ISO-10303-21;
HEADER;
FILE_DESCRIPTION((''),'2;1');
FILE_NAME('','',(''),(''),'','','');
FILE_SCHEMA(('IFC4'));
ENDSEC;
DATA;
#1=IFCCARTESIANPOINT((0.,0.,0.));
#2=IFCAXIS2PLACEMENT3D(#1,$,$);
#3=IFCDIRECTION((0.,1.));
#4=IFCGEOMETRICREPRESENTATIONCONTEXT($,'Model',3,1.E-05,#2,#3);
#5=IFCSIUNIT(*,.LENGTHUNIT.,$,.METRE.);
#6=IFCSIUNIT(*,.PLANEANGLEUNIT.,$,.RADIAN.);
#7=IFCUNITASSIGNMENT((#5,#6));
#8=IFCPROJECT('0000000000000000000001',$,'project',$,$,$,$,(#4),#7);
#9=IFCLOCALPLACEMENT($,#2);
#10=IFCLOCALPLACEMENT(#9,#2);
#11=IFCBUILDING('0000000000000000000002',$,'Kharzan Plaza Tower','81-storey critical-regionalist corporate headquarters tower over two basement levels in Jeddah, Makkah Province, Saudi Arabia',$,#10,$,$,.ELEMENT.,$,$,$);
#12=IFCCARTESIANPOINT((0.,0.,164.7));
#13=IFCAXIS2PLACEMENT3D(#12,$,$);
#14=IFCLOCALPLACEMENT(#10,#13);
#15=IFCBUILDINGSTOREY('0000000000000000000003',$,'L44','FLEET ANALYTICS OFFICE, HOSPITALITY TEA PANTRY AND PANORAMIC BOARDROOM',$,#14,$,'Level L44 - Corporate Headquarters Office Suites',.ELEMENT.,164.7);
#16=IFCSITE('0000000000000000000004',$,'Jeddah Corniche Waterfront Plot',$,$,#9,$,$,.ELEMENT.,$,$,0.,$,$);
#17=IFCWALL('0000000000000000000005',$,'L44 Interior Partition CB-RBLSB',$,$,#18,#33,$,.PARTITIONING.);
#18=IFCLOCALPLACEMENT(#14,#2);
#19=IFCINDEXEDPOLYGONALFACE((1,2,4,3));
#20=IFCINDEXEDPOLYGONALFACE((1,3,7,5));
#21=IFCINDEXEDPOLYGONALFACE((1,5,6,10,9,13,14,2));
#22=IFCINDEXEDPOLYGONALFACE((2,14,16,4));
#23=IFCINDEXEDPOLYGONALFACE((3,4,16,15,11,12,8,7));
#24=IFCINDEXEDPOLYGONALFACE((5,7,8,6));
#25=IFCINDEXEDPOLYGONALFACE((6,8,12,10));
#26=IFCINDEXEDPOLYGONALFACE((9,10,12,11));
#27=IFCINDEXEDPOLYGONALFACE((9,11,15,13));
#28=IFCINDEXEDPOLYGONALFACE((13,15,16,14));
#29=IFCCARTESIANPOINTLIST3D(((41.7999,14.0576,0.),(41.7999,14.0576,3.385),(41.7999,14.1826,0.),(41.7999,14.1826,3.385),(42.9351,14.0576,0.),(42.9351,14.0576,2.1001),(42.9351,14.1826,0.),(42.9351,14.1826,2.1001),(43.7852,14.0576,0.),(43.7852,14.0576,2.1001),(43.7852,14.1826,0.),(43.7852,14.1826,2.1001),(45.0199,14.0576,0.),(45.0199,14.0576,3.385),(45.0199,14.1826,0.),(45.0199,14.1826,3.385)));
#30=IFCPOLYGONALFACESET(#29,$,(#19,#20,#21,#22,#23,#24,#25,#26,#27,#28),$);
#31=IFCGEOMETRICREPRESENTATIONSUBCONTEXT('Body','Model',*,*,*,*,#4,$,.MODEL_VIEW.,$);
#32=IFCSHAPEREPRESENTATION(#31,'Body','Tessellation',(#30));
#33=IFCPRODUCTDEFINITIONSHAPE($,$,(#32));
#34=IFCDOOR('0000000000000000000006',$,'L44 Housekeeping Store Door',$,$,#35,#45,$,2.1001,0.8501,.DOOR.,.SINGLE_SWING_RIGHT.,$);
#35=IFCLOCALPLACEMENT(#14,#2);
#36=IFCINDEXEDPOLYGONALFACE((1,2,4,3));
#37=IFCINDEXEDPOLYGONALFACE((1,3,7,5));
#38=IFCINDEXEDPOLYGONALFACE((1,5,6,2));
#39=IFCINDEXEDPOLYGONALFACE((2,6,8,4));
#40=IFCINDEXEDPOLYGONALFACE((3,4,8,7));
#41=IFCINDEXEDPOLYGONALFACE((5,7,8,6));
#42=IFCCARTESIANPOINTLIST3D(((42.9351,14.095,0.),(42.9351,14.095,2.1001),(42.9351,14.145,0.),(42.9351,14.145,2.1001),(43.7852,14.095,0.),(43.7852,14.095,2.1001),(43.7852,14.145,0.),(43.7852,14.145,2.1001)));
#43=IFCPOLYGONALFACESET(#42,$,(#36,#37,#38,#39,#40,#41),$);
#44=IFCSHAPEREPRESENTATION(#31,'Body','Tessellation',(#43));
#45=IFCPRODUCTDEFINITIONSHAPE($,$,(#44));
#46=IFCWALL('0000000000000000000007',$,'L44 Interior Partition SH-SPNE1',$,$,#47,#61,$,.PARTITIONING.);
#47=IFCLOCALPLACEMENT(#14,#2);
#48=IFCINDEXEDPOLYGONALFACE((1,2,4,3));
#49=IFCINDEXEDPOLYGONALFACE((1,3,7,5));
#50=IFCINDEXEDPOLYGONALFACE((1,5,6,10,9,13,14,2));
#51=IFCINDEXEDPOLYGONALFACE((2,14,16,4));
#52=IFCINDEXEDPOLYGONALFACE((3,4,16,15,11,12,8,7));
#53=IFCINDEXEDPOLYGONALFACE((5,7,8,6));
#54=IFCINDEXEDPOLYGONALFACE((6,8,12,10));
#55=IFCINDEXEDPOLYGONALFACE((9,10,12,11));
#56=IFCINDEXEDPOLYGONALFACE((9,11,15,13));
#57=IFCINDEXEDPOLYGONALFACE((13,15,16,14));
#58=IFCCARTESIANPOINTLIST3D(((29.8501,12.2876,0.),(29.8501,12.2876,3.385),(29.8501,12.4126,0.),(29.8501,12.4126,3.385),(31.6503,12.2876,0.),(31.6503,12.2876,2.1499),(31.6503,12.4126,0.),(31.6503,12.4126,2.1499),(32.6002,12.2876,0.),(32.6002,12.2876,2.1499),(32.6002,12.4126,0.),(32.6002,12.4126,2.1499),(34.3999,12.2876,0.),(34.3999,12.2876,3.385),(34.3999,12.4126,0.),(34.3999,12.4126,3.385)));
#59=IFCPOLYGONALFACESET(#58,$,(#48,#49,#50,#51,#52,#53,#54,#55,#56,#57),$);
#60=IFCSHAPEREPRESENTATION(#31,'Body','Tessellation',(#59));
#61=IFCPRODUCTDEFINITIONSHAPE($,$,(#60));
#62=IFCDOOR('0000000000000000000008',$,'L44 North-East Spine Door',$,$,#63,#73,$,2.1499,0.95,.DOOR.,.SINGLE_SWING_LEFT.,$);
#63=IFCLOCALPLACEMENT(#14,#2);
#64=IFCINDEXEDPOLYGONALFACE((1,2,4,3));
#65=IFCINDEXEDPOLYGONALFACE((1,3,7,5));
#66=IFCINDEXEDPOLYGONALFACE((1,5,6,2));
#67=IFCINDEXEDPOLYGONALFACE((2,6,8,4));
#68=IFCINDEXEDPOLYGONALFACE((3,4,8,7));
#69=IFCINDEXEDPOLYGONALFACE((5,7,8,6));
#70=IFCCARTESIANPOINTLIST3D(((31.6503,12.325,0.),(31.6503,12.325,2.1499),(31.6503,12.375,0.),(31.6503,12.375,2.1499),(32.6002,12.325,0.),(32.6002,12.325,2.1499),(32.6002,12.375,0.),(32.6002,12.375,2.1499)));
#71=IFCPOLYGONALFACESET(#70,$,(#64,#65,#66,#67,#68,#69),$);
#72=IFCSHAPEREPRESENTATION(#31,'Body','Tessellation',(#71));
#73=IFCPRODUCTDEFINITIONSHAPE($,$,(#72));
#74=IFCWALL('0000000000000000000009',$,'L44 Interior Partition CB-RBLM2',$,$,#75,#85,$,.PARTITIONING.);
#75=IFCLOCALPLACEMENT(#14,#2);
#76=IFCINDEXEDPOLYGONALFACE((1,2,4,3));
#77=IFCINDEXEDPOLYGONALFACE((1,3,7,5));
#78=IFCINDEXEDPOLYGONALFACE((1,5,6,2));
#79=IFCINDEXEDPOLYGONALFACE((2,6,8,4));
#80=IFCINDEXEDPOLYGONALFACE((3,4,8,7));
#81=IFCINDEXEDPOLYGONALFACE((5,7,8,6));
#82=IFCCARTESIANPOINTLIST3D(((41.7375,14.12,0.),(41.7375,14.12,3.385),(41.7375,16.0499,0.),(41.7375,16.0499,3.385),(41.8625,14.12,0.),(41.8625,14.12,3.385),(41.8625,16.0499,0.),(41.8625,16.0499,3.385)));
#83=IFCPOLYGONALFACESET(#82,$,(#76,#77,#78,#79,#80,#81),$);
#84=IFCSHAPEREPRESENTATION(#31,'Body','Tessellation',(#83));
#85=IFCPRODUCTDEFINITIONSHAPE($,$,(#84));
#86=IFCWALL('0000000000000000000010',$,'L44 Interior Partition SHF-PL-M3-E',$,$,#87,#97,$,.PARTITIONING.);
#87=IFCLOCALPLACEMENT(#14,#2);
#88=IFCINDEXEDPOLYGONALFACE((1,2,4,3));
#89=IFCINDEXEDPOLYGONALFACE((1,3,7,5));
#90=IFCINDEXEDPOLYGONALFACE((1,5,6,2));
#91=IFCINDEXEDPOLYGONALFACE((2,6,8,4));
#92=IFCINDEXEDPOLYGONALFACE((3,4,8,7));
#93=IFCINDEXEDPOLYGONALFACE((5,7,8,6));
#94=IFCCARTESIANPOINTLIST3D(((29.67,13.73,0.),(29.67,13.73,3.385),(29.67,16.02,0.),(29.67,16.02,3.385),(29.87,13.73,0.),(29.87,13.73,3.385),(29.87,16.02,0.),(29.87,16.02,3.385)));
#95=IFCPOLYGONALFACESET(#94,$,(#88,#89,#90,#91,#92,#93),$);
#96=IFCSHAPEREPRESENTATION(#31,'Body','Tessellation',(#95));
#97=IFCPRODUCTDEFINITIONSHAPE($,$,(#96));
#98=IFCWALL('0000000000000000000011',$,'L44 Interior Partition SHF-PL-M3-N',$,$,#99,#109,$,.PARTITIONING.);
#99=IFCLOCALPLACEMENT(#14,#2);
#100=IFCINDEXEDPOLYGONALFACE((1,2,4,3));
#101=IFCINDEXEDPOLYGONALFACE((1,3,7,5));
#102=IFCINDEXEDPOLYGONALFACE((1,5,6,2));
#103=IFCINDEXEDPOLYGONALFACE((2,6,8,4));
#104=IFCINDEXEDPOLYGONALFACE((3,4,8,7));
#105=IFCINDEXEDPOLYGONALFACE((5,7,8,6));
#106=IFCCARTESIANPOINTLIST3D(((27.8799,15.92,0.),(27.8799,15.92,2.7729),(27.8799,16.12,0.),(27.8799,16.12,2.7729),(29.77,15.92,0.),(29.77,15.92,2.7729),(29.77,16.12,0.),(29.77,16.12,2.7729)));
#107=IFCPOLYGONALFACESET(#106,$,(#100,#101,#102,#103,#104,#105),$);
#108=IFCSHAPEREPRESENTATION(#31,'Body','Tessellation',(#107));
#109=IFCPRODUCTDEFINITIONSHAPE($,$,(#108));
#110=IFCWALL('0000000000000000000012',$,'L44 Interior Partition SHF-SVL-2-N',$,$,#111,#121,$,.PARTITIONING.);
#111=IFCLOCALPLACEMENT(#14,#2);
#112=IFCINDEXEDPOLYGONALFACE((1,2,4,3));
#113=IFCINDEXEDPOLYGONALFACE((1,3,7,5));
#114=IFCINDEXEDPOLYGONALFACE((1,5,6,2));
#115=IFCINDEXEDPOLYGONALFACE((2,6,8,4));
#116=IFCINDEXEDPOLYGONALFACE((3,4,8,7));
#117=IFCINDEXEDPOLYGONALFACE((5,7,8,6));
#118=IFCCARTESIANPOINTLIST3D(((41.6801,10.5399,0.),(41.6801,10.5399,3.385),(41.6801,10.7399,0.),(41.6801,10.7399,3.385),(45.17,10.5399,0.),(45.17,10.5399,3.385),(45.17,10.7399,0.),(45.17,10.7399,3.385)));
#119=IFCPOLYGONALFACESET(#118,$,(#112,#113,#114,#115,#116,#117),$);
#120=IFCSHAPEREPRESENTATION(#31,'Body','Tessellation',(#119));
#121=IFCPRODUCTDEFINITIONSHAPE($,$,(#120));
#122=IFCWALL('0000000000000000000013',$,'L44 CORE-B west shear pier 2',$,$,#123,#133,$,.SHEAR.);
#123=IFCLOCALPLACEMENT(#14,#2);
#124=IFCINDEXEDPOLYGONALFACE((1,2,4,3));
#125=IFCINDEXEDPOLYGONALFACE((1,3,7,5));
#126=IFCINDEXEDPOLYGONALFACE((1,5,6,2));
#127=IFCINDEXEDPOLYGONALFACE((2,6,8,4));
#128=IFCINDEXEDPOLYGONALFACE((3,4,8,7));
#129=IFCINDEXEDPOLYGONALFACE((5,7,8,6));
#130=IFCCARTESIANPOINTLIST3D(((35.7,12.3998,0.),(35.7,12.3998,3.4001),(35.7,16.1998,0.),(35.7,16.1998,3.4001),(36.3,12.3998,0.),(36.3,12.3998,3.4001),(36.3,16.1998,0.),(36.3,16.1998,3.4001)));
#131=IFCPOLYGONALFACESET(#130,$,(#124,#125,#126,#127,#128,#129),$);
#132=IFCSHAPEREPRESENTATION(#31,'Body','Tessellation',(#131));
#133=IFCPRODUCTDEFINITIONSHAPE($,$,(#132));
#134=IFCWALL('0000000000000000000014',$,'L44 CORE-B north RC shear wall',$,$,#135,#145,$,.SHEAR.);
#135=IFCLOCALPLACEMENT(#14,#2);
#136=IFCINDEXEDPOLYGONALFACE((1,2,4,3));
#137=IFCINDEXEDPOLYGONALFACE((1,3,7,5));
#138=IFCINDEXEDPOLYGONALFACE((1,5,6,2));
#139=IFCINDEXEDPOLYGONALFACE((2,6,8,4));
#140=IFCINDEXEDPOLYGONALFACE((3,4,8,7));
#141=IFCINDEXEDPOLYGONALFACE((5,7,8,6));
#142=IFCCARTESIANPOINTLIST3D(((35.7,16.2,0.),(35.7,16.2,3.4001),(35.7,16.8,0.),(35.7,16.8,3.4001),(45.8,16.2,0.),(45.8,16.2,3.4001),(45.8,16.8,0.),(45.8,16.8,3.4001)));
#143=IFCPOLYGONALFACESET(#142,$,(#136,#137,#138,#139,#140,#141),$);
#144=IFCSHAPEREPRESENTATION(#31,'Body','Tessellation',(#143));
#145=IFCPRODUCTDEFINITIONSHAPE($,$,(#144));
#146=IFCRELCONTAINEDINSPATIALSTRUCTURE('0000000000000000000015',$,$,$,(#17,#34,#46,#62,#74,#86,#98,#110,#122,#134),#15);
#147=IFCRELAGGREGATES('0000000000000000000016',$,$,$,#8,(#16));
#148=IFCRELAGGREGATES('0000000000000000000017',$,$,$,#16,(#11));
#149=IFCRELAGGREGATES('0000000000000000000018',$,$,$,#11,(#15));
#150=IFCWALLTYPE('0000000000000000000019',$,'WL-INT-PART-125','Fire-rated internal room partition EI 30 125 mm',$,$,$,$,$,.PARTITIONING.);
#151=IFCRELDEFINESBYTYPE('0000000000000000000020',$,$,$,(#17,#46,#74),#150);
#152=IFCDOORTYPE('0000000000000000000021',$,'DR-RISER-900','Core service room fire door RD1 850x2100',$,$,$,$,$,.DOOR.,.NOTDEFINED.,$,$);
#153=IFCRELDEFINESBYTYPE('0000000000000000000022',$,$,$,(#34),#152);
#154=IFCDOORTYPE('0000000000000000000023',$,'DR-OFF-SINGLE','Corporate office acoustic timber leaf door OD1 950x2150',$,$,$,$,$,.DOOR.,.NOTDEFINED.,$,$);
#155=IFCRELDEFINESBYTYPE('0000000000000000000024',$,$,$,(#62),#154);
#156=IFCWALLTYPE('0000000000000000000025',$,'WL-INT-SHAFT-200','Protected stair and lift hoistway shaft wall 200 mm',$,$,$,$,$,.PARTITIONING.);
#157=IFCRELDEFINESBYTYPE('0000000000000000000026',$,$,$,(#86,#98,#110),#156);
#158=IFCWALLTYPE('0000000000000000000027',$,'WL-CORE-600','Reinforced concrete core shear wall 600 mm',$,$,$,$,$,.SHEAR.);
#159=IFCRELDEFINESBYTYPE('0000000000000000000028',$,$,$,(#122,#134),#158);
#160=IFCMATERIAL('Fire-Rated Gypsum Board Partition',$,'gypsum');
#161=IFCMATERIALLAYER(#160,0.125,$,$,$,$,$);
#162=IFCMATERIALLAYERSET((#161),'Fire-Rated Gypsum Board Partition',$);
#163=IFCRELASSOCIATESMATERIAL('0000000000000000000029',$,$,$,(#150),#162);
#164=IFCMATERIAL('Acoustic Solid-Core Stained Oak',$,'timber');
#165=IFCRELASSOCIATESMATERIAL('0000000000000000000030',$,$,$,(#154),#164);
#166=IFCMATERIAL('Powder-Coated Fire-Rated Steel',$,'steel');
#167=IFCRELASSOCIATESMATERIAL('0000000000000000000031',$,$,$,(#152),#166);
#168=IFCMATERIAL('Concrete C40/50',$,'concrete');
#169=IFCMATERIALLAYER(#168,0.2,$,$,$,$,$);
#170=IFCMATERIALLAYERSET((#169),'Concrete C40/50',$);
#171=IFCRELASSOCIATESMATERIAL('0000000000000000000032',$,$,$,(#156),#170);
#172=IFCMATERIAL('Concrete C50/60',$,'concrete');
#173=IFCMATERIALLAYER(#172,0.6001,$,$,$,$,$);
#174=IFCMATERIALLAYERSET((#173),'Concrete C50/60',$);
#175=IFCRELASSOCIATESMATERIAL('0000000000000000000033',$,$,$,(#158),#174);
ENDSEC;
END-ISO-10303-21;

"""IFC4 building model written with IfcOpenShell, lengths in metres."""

from ifc_helpers import new_model, si_unit, direction, frame, frame_2d, origin, place, context, subcontext, project, spatial, rectangle, extrude, source, transform, mapped, material, layer, layer_set, type_object, element, fill, save


model = new_model("IFC4")

# Units and contexts
model_context = context("Model", 3, precision=1e-05, world=origin(), true_north=direction((0.0, 1.0)))
body_context = subcontext(model_context, "Body", "Model", "MODEL_VIEW")
ifc_project = project(units=[si_unit("LENGTHUNIT", "METRE"), si_unit("PLANEANGLEUNIT", "RADIAN")], contexts=[model_context])

# Site, building, storey
site_placement = place(None, origin())
site = spatial("IfcSite", under=ifc_project, at=site_placement, Name="Jeddah Corniche Waterfront Plot", CompositionType="ELEMENT", RefElevation=0.0)
building_placement = place(site_placement, origin())
building = spatial("IfcBuilding", under=site, at=building_placement, Name="Kharzan Plaza Tower", Description="81-storey critical-regionalist corporate headquarters tower over two basement levels in Jeddah, Makkah Province, Saudi Arabia", CompositionType="ELEMENT")
storey_placement = place(building_placement, frame((0.0, 0.0, 164.7)))
storey = spatial("IfcBuildingStorey", under=building, at=storey_placement, Name="L44", Description="FLEET ANALYTICS OFFICE, HOSPITALITY TEA PANTRY AND PANORAMIC BOARDROOM", LongName="Level L44 - Corporate Headquarters Office Suites", CompositionType="ELEMENT", Elevation=164.7)

# Shared definitions
ifc_material_1 = material(Name="Concrete C50/60", Category="concrete")

# Shared definitions
ifc_material_2 = material(Name="Concrete C40/50", Category="concrete")

# Walls, openings, doors
ifc_material_3 = material(Name="Fire-Rated Gypsum Board Partition", Category="gypsum")
ifc_layer_1 = layer(ifc_material_3, 0.125)
ifc_layer_set_1 = layer_set([ifc_layer_1], Name="Fire-Rated Gypsum Board Partition")
wall_type_1 = type_object("IfcWallType", Name="WL-INT-PART-125", Description="Fire-rated internal room partition EI 30 125 mm", PredefinedType="PARTITIONING", material=ifc_layer_set_1)
ifc_material_4 = material(Name="Acoustic Solid-Core Stained Oak", Category="timber")
door_type_1 = type_object("IfcDoorType", Name="DR-OFF-SINGLE", Description="Corporate office acoustic timber leaf door OD1 950x2150", OperationType="NOTDEFINED", PredefinedType="DOOR", material=ifc_material_4)
shared_shape_1 = source(origin(), body_context, "Body", "SweptSolid", [
    extrude(rectangle(XDim=0.95, YDim=2.1499, at=frame_2d((0.4751, 1.075))), frame((0.0, 0.0249, 0.0), z_axis=(0.0, -1.0, 0.0), x_axis=(1.0, 0.0, 0.0)), (0.0, 0.0, 1.0), 0.05),
])
wall_1_placement = place(storey_placement, frame((41.8, 14.1201, 0.0), z_axis=(0.0, 0.0, 1.0), x_axis=(1.0, 0.0, 0.0)))
wall_1 = element("IfcWall", 1, at=wall_1_placement, inside=storey, type_object=wall_type_1, Name="L44 Interior Partition CB-RBLSB", PredefinedType="PARTITIONING", context=body_context, shape_type="SweptSolid", body=[
    extrude(rectangle(XDim=3.22, YDim=0.125, at=frame_2d((1.6099, 0.0))), origin(), (0.0, 0.0, 1.0), 3.385),
])
opening_1_placement = place(wall_1_placement, frame((1.135, 0.0, 0.0)))
opening_1 = element("IfcOpeningElement", 2, at=opening_1_placement, cuts=wall_1, PredefinedType="OPENING", context=body_context, shape_type="SweptSolid", body=[
    extrude(rectangle(XDim=0.8501, YDim=2.1001, at=frame_2d((0.425, 1.05))), frame((0.0, 0.0725, 0.0), z_axis=(0.0, -1.0, 0.0), x_axis=(1.0, 0.0, 0.0)), (0.0, 0.0, 1.0), 0.145),
])
ifc_material_5 = material(Name="Powder-Coated Fire-Rated Steel", Category="steel")
door_type_2 = type_object("IfcDoorType", Name="DR-RISER-900", Description="Core service room fire door RD1 850x2100", OperationType="NOTDEFINED", PredefinedType="DOOR", material=ifc_material_5)
shared_shape_2 = source(origin(), body_context, "Body", "SweptSolid", [
    extrude(rectangle(XDim=0.8501, YDim=2.1001, at=frame_2d((0.425, 1.05))), frame((0.0, 0.0249, 0.0), z_axis=(0.0, -1.0, 0.0), x_axis=(1.0, 0.0, 0.0)), (0.0, 0.0, 1.0), 0.05),
])
door_1_placement = place(opening_1_placement, origin())
door_1 = element("IfcDoor", 3, at=door_1_placement, inside=storey, type_object=door_type_2, Name="L44 Housekeeping Store Door", OperationType="SINGLE_SWING_RIGHT", OverallHeight=2.1001, OverallWidth=0.8501, PredefinedType="DOOR", context=body_context, shape_type="MappedRepresentation", body=[
    mapped(shared_shape_2, transform((0.0, 0.0, 0.0), x_axis=(1.0, 0.0, 0.0), y_axis=(0.0, 1.0, 0.0), z_axis=(0.0, 0.0, 1.0))),
])
fill(opening_1, door_1)
wall_2_placement = place(storey_placement, frame((29.8501, 12.3501, 0.0), z_axis=(0.0, 0.0, 1.0), x_axis=(1.0, 0.0, 0.0)))
wall_2 = element("IfcWall", 4, at=wall_2_placement, inside=storey, type_object=wall_type_1, Name="L44 Interior Partition SH-SPNE1", PredefinedType="PARTITIONING", context=body_context, shape_type="SweptSolid", body=[
    extrude(rectangle(XDim=4.5498, YDim=0.125, at=frame_2d((2.2749, 0.0))), origin(), (0.0, 0.0, 1.0), 3.385),
])
opening_2_placement = place(wall_2_placement, frame((1.8, 0.0, 0.0)))
opening_2 = element("IfcOpeningElement", 5, at=opening_2_placement, cuts=wall_2, PredefinedType="OPENING", context=body_context, shape_type="SweptSolid", body=[
    extrude(rectangle(XDim=0.95, YDim=2.1499, at=frame_2d((0.4751, 1.075))), frame((0.0, 0.0725, 0.0), z_axis=(0.0, -1.0, 0.0), x_axis=(1.0, 0.0, 0.0)), (0.0, 0.0, 1.0), 0.145),
])
door_2_placement = place(opening_2_placement, origin())
door_2 = element("IfcDoor", 6, at=door_2_placement, inside=storey, type_object=door_type_1, Name="L44 North-East Spine Door", OperationType="SINGLE_SWING_LEFT", OverallHeight=2.1499, OverallWidth=0.95, PredefinedType="DOOR", context=body_context, shape_type="MappedRepresentation", body=[
    mapped(shared_shape_1, transform((0.0, 0.0, 0.0), x_axis=(1.0, 0.0, 0.0), y_axis=(0.0, 1.0, 0.0), z_axis=(0.0, 0.0, 1.0))),
])
fill(opening_2, door_2)

# Walls
shared_shape_3 = source(origin(), body_context, "Body", "SweptSolid", [
    extrude(rectangle(XDim=1.9299, YDim=0.125, at=frame_2d((0.9648, 0.0))), origin(), (0.0, 0.0, 1.0), 3.385),
])
wall_3_placement = place(storey_placement, frame((41.8, 14.1201, 0.0), z_axis=(0.0, 0.0, 1.0), x_axis=(0.0, 1.0, 0.0)))
element("IfcWall", 7, at=wall_3_placement, inside=storey, type_object=wall_type_1, Name="L44 Interior Partition CB-RBLM2", PredefinedType="PARTITIONING", context=body_context, shape_type="MappedRepresentation", body=[
    mapped(shared_shape_3, transform((0.0, 0.0, 0.0), x_axis=(1.0, 0.0, 0.0), y_axis=(0.0, 1.0, 0.0), z_axis=(0.0, 0.0, 1.0))),
])
ifc_layer_2 = layer(ifc_material_2, 0.2)
ifc_layer_set_2 = layer_set([ifc_layer_2], Name="Concrete C40/50")
wall_type_2 = type_object("IfcWallType", Name="WL-INT-SHAFT-200", Description="Protected stair and lift hoistway shaft wall 200 mm", PredefinedType="PARTITIONING", material=ifc_layer_set_2)
shared_shape_4 = source(origin(), body_context, "Body", "SweptSolid", [
    extrude(rectangle(XDim=2.29, YDim=0.2, at=frame_2d((1.145, 0.0))), origin(), (0.0, 0.0, 1.0), 3.385),
])
wall_4_placement = place(storey_placement, frame((29.77, 13.73, 0.0), z_axis=(0.0, 0.0, 1.0), x_axis=(0.0, 1.0, 0.0)))
element("IfcWall", 8, at=wall_4_placement, inside=storey, type_object=wall_type_2, Name="L44 Interior Partition SHF-PL-M3-E", PredefinedType="PARTITIONING", context=body_context, shape_type="MappedRepresentation", body=[
    mapped(shared_shape_4, transform((0.0, 0.0, 0.0), x_axis=(1.0, 0.0, 0.0), y_axis=(0.0, 1.0, 0.0), z_axis=(0.0, 0.0, 1.0))),
])
shared_shape_5 = source(origin(), body_context, "Body", "SweptSolid", [
    extrude(rectangle(XDim=1.8901, YDim=0.2, at=frame_2d((0.9451, 0.0))), origin(), (0.0, 0.0, 1.0), 2.7729),
])
wall_5_placement = place(storey_placement, frame((27.8799, 16.02, 0.0), z_axis=(0.0, 0.0, 1.0), x_axis=(1.0, 0.0, 0.0)))
element("IfcWall", 9, at=wall_5_placement, inside=storey, type_object=wall_type_2, Name="L44 Interior Partition SHF-PL-M3-N", PredefinedType="PARTITIONING", context=body_context, shape_type="MappedRepresentation", body=[
    mapped(shared_shape_5, transform((0.0, 0.0, 0.0), x_axis=(1.0, 0.0, 0.0), y_axis=(0.0, 1.0, 0.0), z_axis=(0.0, 0.0, 1.0))),
])
shared_shape_6 = source(origin(), body_context, "Body", "SweptSolid", [
    extrude(rectangle(XDim=3.49, YDim=0.2, at=frame_2d((1.7451, 0.0))), origin(), (0.0, 0.0, 1.0), 3.385),
])
wall_6_placement = place(storey_placement, frame((41.6799, 10.6399, 0.0), z_axis=(0.0, 0.0, 1.0), x_axis=(1.0, 0.0, 0.0)))
element("IfcWall", 10, at=wall_6_placement, inside=storey, type_object=wall_type_2, Name="L44 Interior Partition SHF-SVL-2-N", PredefinedType="PARTITIONING", context=body_context, shape_type="MappedRepresentation", body=[
    mapped(shared_shape_6, transform((0.0, 0.0, 0.0), x_axis=(1.0, 0.0, 0.0), y_axis=(0.0, 1.0, 0.0), z_axis=(0.0, 0.0, 1.0))),
])
ifc_layer_3 = layer(ifc_material_1, 0.6001)
ifc_layer_set_3 = layer_set([ifc_layer_3], Name="Concrete C50/60")
wall_type_3 = type_object("IfcWallType", Name="WL-CORE-600", Description="Reinforced concrete core shear wall 600 mm", PredefinedType="SHEAR", material=ifc_layer_set_3)
shared_shape_7 = source(origin(), body_context, "Body", "SweptSolid", [
    extrude(rectangle(XDim=3.8, YDim=0.6001, at=frame_2d((1.8999, 0.0))), origin(), (0.0, 0.0, 1.0), 3.4001),
])
wall_7_placement = place(storey_placement, frame((36.0, 12.3999, 0.0), z_axis=(0.0, 0.0, 1.0), x_axis=(0.0, 1.0, 0.0)))
element("IfcWall", 11, at=wall_7_placement, inside=storey, type_object=wall_type_3, Name="L44 CORE-B west shear pier 2", PredefinedType="SHEAR", context=body_context, shape_type="MappedRepresentation", body=[
    mapped(shared_shape_7, transform((0.0, 0.0, 0.0), x_axis=(1.0, 0.0, 0.0), y_axis=(0.0, 1.0, 0.0), z_axis=(0.0, 0.0, 1.0))),
])
shared_shape_8 = source(origin(), body_context, "Body", "SweptSolid", [
    extrude(rectangle(XDim=10.1001, YDim=0.6001, at=frame_2d((5.05, 0.0))), origin(), (0.0, 0.0, 1.0), 3.4001),
])
wall_8_placement = place(storey_placement, frame((35.7, 16.5, 0.0), z_axis=(0.0, 0.0, 1.0), x_axis=(1.0, 0.0, 0.0)))
element("IfcWall", 12, at=wall_8_placement, inside=storey, type_object=wall_type_3, Name="L44 CORE-B north RC shear wall", PredefinedType="SHEAR", context=body_context, shape_type="MappedRepresentation", body=[
    mapped(shared_shape_8, transform((0.0, 0.0, 0.0), x_axis=(1.0, 0.0, 0.0), y_axis=(0.0, 1.0, 0.0), z_axis=(0.0, 0.0, 1.0))),
])

save(model, "model.ifc")
